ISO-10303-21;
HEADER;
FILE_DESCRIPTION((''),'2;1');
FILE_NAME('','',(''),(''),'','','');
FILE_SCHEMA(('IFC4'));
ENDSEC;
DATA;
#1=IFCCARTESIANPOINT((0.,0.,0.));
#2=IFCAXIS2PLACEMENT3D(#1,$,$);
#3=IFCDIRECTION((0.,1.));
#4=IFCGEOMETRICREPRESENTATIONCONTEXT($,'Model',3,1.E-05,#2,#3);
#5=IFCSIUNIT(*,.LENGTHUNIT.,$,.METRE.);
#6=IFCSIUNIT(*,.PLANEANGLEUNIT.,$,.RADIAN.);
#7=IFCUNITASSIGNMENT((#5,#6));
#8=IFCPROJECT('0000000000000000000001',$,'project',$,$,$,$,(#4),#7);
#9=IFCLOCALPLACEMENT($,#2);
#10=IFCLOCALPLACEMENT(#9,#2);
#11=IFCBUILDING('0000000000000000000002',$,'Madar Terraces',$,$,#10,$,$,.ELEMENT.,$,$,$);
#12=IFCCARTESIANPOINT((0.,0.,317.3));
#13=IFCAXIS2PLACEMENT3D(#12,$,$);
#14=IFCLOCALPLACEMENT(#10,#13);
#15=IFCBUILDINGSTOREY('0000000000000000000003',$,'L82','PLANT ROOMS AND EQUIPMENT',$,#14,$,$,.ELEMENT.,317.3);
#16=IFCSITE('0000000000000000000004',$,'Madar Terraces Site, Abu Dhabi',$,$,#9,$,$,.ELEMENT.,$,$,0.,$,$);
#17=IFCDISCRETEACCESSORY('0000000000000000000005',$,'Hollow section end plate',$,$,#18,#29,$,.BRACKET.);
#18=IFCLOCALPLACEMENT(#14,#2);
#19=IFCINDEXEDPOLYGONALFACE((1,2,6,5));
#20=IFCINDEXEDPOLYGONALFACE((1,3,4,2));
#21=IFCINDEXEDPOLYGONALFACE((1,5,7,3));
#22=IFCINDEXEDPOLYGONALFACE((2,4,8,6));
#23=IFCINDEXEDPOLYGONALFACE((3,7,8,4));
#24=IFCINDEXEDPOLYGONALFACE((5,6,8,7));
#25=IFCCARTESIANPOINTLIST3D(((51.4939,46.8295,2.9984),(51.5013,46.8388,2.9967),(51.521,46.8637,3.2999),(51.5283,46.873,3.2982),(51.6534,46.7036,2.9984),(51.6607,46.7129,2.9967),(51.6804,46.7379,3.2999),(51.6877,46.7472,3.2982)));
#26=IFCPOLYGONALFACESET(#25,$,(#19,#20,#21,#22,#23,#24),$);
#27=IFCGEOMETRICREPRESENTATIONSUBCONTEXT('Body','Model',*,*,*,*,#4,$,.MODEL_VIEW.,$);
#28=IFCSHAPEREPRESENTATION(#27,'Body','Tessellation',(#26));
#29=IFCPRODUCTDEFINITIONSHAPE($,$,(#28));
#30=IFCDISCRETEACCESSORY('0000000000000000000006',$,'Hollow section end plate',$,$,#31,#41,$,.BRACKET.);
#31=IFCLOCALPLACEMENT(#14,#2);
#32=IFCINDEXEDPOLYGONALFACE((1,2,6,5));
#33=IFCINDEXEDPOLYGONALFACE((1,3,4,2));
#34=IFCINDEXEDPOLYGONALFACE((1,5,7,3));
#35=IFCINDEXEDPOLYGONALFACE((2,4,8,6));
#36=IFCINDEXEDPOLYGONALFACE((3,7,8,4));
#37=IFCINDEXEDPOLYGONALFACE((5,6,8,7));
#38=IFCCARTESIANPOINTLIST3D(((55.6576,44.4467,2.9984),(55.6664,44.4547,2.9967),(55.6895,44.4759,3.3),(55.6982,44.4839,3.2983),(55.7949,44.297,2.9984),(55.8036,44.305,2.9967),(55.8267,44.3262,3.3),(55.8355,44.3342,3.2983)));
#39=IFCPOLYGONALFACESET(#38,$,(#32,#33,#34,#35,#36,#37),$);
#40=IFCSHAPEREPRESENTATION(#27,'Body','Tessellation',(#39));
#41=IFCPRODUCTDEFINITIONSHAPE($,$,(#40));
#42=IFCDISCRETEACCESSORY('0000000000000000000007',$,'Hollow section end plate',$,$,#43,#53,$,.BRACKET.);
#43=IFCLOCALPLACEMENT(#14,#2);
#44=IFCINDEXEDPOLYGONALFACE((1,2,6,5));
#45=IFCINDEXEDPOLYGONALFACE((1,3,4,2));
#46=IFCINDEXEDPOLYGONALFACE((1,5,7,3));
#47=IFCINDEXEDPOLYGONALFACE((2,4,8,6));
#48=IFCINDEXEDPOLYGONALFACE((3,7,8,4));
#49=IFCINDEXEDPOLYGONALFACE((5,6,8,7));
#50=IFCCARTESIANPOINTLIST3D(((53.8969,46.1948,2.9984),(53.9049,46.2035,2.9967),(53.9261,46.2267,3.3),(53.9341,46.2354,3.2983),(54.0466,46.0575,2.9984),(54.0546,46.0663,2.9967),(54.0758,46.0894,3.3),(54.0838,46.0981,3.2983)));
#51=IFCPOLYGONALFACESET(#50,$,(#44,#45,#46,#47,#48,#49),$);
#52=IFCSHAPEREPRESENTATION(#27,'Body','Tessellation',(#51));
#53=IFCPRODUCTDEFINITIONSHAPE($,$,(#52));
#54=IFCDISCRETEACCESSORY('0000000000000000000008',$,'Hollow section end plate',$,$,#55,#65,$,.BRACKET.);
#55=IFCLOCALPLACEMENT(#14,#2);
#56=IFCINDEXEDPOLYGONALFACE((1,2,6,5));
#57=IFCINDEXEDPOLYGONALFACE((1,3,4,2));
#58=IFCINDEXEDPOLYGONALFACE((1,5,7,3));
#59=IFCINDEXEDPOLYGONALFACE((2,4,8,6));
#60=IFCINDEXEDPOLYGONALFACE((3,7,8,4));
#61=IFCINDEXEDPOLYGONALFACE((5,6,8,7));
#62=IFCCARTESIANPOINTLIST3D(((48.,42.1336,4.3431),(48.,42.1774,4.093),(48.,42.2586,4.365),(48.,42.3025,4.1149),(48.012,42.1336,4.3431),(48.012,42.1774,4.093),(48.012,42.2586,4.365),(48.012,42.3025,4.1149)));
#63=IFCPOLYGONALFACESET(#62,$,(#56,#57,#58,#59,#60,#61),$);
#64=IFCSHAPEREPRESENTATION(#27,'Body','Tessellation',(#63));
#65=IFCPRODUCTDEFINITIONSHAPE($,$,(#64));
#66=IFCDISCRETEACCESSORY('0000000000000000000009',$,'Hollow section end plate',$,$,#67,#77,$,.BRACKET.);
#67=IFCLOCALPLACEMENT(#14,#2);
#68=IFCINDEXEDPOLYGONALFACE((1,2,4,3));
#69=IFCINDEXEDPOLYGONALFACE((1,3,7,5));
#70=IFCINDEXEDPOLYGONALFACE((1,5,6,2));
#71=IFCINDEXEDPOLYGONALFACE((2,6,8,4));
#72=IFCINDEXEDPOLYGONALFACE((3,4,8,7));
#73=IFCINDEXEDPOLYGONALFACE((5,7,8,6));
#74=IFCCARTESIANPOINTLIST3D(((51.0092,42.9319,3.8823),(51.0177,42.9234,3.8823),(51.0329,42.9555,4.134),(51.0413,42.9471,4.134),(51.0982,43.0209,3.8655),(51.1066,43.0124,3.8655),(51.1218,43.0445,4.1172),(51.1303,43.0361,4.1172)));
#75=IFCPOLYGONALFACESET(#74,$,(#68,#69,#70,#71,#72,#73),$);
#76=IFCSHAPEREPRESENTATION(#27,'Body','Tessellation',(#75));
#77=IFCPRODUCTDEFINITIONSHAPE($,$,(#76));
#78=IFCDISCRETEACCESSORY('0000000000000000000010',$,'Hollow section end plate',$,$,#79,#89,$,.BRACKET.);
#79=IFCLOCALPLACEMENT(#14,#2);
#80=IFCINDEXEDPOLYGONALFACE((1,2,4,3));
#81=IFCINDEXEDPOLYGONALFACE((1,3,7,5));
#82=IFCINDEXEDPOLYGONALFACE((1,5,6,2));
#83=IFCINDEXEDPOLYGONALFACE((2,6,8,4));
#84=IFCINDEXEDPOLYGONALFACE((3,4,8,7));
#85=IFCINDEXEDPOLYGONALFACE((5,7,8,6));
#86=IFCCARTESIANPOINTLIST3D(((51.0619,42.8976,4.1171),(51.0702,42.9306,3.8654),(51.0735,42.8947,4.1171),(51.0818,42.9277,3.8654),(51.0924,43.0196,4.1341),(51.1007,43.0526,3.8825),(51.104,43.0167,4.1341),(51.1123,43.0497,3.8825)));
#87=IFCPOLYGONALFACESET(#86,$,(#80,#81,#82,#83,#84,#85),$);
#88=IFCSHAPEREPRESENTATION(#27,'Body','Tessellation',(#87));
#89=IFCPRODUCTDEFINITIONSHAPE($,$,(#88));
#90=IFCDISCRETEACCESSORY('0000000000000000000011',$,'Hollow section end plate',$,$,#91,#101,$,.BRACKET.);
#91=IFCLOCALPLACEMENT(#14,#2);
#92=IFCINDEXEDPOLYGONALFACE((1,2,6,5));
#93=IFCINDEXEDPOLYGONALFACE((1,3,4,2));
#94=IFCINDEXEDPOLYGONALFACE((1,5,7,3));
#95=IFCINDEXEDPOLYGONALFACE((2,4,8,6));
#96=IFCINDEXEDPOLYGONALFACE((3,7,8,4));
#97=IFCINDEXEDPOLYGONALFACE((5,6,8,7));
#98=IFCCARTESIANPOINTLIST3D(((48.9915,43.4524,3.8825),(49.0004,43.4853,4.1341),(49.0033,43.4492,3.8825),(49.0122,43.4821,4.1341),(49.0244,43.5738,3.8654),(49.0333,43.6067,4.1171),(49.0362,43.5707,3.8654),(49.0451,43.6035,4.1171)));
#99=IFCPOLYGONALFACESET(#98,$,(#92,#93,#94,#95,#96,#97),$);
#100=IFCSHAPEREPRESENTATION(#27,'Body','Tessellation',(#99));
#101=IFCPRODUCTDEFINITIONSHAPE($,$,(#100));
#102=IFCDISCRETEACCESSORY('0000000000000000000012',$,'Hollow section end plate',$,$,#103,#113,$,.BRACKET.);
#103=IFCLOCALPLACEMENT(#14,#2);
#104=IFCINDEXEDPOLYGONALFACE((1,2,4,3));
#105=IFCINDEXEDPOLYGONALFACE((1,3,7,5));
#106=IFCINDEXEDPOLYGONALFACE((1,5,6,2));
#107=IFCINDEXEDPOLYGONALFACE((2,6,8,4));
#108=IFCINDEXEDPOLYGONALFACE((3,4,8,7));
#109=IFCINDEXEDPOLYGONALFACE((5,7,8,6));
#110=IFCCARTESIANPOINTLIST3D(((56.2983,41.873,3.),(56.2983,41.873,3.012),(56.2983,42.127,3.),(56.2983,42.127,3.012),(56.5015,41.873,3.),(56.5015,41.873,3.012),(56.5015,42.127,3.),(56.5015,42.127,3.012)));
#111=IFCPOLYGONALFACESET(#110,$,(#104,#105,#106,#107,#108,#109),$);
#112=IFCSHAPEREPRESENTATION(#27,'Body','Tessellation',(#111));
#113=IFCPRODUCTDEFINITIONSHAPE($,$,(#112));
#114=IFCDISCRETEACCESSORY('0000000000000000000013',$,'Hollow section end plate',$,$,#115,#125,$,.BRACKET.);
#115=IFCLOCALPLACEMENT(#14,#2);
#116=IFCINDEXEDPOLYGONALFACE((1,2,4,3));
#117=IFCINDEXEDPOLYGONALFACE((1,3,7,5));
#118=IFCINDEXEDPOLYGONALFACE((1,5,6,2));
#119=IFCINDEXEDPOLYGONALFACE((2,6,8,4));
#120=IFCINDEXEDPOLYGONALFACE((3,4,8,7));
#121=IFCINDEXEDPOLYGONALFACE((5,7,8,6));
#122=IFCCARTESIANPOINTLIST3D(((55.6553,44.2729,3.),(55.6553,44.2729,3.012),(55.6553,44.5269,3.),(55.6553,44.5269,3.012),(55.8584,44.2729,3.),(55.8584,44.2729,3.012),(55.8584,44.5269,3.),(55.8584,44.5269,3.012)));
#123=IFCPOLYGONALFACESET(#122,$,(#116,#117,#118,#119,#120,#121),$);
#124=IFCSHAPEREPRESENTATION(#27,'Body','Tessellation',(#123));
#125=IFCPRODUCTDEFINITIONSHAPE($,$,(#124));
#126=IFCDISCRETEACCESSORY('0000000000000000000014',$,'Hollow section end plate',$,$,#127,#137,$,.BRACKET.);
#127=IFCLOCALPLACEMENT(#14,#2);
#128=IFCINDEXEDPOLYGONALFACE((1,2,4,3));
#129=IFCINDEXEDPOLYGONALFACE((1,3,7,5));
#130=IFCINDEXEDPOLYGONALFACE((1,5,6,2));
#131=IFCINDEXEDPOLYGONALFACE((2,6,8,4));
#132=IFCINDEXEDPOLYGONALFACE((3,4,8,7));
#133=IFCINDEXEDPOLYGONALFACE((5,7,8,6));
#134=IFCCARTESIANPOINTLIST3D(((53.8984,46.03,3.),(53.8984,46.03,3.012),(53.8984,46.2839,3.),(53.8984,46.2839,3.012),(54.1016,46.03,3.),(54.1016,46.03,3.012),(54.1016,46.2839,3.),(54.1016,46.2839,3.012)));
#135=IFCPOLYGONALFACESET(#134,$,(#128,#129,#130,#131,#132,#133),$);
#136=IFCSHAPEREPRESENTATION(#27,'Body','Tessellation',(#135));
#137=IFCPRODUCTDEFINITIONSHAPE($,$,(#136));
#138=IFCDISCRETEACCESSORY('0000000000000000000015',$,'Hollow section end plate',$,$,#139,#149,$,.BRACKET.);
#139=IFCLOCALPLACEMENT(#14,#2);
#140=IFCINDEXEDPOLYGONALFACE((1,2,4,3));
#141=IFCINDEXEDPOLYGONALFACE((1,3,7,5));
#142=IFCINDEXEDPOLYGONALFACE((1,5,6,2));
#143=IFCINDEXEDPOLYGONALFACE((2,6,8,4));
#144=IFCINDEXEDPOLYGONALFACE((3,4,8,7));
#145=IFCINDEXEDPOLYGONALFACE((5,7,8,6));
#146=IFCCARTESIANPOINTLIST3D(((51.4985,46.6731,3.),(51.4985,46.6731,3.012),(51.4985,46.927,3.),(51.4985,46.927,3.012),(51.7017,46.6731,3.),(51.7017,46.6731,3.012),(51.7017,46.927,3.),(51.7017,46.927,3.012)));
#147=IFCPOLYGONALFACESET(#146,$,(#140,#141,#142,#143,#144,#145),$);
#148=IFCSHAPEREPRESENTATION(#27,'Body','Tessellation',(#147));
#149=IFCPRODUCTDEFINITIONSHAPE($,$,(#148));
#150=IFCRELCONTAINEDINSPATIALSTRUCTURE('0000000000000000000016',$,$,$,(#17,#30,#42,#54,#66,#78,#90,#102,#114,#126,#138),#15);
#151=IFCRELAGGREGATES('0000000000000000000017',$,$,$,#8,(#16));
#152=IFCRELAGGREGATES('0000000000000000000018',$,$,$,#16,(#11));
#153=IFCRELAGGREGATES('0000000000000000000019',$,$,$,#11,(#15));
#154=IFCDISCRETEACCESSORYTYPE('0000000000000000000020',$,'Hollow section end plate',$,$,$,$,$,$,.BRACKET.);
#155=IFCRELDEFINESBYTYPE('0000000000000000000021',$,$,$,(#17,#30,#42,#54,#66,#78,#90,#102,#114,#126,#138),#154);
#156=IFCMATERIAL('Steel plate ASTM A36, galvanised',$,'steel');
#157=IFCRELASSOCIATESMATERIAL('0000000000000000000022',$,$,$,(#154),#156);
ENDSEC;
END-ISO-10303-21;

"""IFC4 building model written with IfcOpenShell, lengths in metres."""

from ifc_helpers import new_model, si_unit, direction, frame, origin, origin_2d, place, context, subcontext, project, spatial, rectangle, extrude, material, type_object, element, save


model = new_model("IFC4")

# Units and contexts
model_context = context("Model", 3, precision=1e-05, world=origin(), true_north=direction((0.0, 1.0)))
body_context = subcontext(model_context, "Body", "Model", "MODEL_VIEW")
ifc_project = project(units=[si_unit("LENGTHUNIT", "METRE"), si_unit("PLANEANGLEUNIT", "RADIAN")], contexts=[model_context])

# Site, building, storey
site_placement = place(None, origin())
site = spatial("IfcSite", under=ifc_project, at=site_placement, Name="Madar Terraces Site, Abu Dhabi", CompositionType="ELEMENT", RefElevation=0.0)
building_placement = place(site_placement, origin())
building = spatial("IfcBuilding", under=site, at=building_placement, Name="Madar Terraces", CompositionType="ELEMENT")
storey_placement = place(building_placement, frame((0.0, 0.0, 317.3)))
storey = spatial("IfcBuildingStorey", under=building, at=storey_placement, Name="L82", Description="PLANT ROOMS AND EQUIPMENT", CompositionType="ELEMENT", Elevation=317.3)

# Discrete accessories
ifc_material_1 = material(Name="Steel plate ASTM A36, galvanised", Category="steel")
discrete_accessory_type = type_object("IfcDiscreteAccessoryType", Name="Hollow section end plate", PredefinedType="BRACKET", material=ifc_material_1)
for number, where, z_axis, x_axis, name in (
    (1, (51.5872, 46.7837, 3.1492), (0.613267, 0.776805, -0.143096), (-0.784883, 0.619644, 0.0), "Hollow section end plate"),
    (2, (55.7422, 44.3865, 3.1492), (0.729696, 0.668888, -0.141885), (-0.675725, 0.737154, 0.0), "Hollow section end plate"),
    (3, (53.9863, 46.1421, 3.1492), (0.668888, 0.729696, -0.141885), (-0.737154, 0.675725, 0.0), "Hollow section end plate"),
):
    element("IfcDiscreteAccessory", number, at=place(storey_placement, frame(where, z_axis=z_axis, x_axis=x_axis)), inside=storey, type_object=discrete_accessory_type, Name=name, PredefinedType="BRACKET", context=body_context, shape_type="SweptSolid", body=[
        extrude(rectangle(XDim=0.2031, YDim=0.3047, at=origin_2d()), origin(), (0.0, 0.0, 1.0), 0.012),
    ])
for number, where, z_axis, x_axis, name in (
    (4, (48.0, 42.218, 4.229), (1.0, 0.0, 0.0), (0.0, 0.984957, 0.172799), "Hollow section end plate"),
    (5, (51.074, 42.9797, 3.9998), (-0.707107, 0.707107, 0.0), (-0.700941, -0.700941, 0.131765), "Hollow section end plate"),
    (6, (51.0813, 42.9751, 3.9998), (0.970143, -0.242536, 0.0), (0.240345, 0.961382, 0.134086), "Hollow section end plate"),
):
    element("IfcDiscreteAccessory", number, at=place(storey_placement, frame(where, z_axis=z_axis, x_axis=x_axis)), inside=storey, type_object=discrete_accessory_type, Name=name, PredefinedType="BRACKET", context=body_context, shape_type="SweptSolid", body=[
        extrude(rectangle(XDim=0.127, YDim=0.2539, at=origin_2d()), origin(), (0.0, 0.0, 1.0), 0.012),
    ])
discrete_accessory_placement = place(storey_placement, frame((49.0242, 43.5264, 3.9998), z_axis=(-0.965226, 0.261415, 0.0), x_axis=(-0.259055, -0.95651, 0.134086)))
element("IfcDiscreteAccessory", 7, at=discrete_accessory_placement, inside=storey, type_object=discrete_accessory_type, Name="Hollow section end plate", PredefinedType="BRACKET", context=body_context, shape_type="SweptSolid", body=[
    extrude(rectangle(XDim=0.127, YDim=0.2539, at=origin_2d()), origin(), (0.0, 0.0, 1.0), 0.0122),
])
for number, where, z_axis, x_axis, name in (
    (8, (56.3999, 42.0, 3.0), (0.0, 0.0, 1.0), (1.0, 0.0, 0.0), "Hollow section end plate"),
    (9, (55.7568, 44.3999, 3.0), (0.0, 0.0, 1.0), (1.0, 0.0, 0.0), "Hollow section end plate"),
    (10, (54.0, 46.157, 3.0), (0.0, 0.0, 1.0), (1.0, 0.0, 0.0), "Hollow section end plate"),
    (11, (51.6001, 46.8, 3.0), (0.0, 0.0, 1.0), (1.0, 0.0, 0.0), "Hollow section end plate"),
):
    element("IfcDiscreteAccessory", number, at=place(storey_placement, frame(where, z_axis=z_axis, x_axis=x_axis)), inside=storey, type_object=discrete_accessory_type, Name=name, PredefinedType="BRACKET", context=body_context, shape_type="SweptSolid", body=[
        extrude(rectangle(XDim=0.2031, YDim=0.2539, at=origin_2d()), origin(), (0.0, 0.0, 1.0), 0.012),
    ])

save(model, "model.ifc")
